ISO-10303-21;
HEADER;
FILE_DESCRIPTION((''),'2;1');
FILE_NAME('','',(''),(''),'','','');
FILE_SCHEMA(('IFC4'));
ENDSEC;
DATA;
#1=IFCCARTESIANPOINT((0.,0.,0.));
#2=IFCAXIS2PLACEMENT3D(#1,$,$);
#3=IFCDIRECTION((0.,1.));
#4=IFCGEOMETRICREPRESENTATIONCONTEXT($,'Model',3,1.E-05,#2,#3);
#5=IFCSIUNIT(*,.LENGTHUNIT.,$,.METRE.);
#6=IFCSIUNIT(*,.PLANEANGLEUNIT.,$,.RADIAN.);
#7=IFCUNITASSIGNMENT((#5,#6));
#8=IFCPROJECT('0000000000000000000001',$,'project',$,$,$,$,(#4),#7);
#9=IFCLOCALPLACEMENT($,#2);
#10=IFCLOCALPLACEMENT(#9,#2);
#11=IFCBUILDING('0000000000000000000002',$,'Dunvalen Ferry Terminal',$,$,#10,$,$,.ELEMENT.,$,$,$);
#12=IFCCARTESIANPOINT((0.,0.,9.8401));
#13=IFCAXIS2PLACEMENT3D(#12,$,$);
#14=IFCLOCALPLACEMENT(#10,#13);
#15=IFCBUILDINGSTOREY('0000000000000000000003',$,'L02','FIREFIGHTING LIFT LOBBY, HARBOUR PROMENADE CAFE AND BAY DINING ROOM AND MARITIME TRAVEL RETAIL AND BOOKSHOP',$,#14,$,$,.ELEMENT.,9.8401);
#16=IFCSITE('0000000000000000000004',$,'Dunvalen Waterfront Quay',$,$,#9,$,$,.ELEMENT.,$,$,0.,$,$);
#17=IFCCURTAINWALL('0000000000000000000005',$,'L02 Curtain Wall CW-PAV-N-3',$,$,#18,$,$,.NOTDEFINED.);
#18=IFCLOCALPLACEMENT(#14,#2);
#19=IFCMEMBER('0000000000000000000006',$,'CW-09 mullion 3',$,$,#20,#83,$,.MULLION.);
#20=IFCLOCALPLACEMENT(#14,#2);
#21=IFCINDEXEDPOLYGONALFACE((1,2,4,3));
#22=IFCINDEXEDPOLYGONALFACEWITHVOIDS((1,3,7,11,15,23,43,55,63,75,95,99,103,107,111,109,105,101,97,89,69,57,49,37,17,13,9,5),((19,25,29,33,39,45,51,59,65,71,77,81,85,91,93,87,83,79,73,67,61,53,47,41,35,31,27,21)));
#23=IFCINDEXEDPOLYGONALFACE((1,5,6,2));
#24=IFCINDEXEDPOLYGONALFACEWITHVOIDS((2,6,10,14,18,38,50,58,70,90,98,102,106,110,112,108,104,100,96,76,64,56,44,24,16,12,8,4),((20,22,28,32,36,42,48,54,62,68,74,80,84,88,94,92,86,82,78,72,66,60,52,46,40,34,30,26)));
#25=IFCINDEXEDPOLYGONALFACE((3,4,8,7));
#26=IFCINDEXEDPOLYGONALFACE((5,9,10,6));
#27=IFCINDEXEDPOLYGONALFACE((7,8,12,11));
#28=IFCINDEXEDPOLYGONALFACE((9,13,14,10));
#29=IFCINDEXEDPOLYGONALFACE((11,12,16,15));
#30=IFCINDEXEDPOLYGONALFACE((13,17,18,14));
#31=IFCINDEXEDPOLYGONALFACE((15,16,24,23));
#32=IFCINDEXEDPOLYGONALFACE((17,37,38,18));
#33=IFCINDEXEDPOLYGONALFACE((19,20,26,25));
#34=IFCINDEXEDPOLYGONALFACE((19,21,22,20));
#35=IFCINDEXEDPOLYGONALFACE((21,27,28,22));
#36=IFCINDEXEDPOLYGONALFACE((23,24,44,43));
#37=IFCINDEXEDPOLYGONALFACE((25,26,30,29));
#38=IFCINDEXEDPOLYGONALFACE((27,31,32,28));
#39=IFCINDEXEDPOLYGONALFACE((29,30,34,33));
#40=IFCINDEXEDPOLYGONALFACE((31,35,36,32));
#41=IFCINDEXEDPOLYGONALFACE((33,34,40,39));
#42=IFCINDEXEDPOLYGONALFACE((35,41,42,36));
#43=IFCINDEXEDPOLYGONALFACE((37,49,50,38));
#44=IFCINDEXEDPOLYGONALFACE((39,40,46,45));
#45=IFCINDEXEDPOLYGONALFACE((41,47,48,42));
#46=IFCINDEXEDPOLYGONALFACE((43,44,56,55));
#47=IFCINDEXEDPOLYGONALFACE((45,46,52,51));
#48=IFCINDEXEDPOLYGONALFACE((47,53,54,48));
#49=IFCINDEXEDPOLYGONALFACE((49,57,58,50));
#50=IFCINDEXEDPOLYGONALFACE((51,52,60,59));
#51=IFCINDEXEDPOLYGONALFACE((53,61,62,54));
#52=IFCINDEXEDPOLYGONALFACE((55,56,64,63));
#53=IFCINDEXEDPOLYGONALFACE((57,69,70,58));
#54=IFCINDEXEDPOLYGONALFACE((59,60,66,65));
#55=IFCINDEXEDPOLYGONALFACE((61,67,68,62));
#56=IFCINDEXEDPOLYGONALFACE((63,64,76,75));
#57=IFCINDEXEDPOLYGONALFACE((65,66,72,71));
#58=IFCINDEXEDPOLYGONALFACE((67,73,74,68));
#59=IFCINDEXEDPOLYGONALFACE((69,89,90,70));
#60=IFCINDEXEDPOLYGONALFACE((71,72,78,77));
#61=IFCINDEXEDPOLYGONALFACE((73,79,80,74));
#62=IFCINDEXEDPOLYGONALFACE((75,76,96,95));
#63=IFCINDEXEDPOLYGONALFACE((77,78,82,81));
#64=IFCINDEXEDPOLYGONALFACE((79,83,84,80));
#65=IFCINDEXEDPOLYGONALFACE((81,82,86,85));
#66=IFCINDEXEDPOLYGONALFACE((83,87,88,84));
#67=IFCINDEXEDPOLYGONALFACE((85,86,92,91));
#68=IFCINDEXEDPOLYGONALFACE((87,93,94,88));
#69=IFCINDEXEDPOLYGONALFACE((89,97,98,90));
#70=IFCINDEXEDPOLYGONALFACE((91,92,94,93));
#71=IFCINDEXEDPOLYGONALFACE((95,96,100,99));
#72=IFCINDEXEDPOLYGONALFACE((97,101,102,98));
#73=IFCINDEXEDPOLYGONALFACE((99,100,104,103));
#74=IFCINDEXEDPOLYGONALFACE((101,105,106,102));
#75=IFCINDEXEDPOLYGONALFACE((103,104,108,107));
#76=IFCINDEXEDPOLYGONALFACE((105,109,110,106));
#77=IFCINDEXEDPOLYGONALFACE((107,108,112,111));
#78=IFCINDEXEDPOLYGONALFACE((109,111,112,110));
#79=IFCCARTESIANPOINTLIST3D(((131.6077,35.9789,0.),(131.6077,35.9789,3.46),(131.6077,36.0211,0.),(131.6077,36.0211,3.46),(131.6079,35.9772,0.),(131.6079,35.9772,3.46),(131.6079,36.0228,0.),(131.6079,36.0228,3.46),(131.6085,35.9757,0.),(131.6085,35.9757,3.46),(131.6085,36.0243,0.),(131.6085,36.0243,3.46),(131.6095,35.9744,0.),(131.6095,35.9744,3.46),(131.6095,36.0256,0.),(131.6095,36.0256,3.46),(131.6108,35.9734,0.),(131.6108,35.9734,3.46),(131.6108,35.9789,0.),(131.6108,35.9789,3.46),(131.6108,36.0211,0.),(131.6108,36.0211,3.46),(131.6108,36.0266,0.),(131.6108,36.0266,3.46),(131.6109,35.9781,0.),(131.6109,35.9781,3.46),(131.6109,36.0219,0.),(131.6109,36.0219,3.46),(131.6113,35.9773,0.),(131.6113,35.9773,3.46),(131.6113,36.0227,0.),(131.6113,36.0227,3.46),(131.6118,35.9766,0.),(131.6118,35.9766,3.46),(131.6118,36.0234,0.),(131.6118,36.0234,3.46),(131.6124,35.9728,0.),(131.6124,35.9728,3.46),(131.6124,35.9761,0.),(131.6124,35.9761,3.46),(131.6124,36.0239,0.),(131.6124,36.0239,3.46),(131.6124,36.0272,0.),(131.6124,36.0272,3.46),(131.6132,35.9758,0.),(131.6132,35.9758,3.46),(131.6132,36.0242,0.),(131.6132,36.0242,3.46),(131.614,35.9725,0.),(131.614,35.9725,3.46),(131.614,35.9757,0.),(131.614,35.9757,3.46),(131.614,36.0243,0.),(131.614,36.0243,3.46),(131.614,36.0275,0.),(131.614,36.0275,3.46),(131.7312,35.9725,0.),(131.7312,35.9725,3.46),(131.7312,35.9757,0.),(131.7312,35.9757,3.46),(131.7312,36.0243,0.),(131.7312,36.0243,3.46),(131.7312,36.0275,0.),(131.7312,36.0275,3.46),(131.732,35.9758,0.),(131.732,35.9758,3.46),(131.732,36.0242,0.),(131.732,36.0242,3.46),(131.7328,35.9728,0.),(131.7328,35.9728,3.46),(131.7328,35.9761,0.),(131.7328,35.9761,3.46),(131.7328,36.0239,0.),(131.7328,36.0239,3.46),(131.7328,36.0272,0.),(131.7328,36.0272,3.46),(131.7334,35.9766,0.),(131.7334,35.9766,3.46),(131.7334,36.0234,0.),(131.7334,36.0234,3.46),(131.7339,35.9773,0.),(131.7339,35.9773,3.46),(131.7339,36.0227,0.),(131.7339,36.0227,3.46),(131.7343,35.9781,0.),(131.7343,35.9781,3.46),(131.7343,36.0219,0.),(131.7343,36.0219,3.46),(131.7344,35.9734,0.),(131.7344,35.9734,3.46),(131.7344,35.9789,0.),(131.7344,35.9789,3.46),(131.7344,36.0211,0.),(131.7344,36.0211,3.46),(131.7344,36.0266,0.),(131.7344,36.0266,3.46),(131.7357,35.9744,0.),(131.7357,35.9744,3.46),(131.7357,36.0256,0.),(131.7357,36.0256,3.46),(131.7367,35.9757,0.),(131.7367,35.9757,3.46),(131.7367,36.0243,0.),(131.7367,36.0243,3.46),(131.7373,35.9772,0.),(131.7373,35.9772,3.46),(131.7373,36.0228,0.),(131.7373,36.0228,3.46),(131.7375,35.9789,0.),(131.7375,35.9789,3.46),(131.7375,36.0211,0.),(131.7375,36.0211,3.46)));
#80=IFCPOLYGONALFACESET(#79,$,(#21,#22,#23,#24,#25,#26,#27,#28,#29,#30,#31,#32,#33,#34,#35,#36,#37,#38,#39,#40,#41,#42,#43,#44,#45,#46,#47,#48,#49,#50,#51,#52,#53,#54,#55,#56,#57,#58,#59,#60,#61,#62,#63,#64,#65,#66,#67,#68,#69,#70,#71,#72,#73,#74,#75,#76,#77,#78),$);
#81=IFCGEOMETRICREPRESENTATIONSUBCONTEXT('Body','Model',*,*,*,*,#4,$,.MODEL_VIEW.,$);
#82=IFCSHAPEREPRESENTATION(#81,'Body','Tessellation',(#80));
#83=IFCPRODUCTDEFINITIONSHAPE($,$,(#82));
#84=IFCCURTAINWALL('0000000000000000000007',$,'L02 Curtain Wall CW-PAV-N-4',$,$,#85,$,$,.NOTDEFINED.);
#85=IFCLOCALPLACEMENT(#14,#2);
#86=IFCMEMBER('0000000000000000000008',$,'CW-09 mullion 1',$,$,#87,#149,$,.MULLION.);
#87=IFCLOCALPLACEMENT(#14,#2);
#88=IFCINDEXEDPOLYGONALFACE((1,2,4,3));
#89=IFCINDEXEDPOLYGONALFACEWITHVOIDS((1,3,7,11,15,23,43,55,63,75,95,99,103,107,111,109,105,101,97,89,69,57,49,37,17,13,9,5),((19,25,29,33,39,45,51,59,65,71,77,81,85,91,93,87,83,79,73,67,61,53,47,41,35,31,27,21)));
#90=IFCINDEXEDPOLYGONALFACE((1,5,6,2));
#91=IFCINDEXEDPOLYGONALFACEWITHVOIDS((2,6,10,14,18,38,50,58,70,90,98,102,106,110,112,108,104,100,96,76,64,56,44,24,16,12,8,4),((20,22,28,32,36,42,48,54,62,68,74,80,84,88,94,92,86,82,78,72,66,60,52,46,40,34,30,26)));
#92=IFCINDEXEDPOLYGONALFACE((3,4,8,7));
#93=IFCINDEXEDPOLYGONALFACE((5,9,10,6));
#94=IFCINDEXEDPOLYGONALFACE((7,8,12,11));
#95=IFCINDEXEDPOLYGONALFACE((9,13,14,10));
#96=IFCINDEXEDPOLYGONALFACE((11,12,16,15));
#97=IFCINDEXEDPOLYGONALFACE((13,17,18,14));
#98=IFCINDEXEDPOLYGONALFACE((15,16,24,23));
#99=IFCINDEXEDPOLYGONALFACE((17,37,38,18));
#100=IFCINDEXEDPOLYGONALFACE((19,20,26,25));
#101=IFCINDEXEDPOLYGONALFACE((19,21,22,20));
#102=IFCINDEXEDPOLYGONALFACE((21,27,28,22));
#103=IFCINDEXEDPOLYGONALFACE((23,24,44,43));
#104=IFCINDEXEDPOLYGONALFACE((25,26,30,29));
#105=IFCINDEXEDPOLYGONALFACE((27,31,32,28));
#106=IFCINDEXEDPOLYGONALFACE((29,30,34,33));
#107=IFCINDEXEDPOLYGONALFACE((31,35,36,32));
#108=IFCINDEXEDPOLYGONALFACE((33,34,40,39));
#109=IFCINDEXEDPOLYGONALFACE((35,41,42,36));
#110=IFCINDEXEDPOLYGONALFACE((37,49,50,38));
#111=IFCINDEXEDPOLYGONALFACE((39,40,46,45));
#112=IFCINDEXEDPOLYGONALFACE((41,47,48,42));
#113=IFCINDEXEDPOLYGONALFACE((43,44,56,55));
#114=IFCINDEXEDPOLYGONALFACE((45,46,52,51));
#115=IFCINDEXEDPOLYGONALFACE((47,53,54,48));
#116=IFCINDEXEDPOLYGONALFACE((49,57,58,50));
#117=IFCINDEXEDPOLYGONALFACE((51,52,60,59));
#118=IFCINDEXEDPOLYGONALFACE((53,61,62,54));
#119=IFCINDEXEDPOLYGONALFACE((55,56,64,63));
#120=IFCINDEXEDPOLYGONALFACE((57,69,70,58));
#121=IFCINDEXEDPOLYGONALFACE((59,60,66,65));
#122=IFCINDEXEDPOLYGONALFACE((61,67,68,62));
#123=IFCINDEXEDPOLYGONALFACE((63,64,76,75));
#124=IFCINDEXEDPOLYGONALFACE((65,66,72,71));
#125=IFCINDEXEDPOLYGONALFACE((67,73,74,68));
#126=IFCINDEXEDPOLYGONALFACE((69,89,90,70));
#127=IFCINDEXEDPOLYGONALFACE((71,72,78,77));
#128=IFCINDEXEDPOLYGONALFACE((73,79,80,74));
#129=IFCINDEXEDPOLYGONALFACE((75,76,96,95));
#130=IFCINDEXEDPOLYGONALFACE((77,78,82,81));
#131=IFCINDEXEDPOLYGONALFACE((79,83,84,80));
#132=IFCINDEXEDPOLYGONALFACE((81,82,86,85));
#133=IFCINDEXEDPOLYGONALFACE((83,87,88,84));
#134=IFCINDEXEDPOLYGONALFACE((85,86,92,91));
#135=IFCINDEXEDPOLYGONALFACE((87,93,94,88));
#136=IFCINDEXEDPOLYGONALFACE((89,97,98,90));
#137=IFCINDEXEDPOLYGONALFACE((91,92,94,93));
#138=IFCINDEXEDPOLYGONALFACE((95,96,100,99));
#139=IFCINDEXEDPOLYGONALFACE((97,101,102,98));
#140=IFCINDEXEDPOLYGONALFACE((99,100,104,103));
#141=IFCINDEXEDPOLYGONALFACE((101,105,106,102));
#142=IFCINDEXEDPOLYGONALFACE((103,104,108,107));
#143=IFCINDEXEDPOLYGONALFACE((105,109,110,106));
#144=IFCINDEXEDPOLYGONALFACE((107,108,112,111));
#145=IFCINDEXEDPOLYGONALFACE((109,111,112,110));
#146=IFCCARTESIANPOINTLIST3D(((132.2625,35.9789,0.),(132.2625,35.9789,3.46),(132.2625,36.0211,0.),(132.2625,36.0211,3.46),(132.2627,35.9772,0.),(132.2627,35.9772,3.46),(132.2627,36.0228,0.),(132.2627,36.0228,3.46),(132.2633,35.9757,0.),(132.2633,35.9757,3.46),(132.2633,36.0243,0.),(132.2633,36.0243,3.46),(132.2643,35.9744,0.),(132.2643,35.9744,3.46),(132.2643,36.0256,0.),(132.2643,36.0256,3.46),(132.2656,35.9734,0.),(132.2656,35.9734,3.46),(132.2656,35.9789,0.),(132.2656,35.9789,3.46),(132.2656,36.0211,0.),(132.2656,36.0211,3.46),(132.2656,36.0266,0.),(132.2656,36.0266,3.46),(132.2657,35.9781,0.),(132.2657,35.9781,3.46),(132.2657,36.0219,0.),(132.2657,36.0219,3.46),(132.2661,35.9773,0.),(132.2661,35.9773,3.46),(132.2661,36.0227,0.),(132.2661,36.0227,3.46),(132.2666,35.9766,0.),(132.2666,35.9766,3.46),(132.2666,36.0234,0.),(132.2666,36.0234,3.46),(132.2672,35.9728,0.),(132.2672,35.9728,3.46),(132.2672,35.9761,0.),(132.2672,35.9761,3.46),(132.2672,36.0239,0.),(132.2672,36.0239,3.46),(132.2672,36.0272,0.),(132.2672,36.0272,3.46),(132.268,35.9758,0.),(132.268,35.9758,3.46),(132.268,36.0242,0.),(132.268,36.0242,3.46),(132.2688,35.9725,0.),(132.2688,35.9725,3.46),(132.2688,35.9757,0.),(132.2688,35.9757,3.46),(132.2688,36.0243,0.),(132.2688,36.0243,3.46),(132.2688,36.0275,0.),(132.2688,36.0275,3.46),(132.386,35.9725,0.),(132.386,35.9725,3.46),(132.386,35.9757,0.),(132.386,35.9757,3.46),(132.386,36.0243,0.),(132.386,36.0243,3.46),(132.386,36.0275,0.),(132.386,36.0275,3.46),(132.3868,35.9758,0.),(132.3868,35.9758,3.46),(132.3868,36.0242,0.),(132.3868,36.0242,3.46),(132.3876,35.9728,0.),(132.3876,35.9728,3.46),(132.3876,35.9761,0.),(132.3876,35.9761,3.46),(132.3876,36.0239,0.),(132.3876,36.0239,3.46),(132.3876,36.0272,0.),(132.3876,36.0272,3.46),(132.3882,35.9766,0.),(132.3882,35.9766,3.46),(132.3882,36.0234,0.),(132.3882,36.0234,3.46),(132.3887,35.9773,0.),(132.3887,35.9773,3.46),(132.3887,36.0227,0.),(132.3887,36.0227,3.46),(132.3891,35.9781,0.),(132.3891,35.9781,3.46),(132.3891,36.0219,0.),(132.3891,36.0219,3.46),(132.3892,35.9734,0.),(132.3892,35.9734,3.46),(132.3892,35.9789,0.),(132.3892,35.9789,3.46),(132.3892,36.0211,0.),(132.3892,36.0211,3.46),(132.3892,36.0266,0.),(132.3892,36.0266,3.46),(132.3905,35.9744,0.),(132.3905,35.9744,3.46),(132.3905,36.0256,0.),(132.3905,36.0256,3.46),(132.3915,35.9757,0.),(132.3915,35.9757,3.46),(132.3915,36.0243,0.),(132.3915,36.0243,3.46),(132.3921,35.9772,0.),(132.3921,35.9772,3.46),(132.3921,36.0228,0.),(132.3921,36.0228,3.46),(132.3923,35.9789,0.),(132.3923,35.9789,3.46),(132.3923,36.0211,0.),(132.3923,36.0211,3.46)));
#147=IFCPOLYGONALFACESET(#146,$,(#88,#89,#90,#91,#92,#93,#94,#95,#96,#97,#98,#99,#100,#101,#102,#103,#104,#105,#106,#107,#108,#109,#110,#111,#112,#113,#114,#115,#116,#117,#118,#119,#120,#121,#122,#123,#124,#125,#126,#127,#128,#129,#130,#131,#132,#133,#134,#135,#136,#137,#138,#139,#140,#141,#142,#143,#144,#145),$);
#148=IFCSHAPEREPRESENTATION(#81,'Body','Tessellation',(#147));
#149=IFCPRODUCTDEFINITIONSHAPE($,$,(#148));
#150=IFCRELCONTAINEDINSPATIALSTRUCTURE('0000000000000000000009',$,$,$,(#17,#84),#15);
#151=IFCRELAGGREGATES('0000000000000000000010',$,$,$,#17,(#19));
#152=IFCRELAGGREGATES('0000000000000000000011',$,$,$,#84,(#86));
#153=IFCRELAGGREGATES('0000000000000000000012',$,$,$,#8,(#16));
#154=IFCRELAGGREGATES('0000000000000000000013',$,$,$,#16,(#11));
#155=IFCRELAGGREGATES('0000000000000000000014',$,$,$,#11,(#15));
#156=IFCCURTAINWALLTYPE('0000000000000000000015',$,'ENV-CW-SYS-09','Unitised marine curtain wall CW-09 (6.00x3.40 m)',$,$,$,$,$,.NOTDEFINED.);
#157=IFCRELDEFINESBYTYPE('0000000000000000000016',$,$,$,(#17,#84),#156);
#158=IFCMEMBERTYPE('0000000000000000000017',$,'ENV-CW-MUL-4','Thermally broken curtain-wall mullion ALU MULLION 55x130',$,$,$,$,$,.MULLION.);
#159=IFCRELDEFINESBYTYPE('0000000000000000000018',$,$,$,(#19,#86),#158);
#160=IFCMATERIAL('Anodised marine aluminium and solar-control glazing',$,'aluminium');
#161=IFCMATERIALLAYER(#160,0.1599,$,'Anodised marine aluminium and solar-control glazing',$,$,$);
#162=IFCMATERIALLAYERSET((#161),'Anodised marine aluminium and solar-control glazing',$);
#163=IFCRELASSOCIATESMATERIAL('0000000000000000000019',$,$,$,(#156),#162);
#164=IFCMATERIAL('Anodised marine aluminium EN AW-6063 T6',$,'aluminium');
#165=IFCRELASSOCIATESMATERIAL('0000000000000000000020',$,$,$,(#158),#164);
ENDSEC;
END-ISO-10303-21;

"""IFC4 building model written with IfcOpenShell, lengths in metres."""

from ifc_helpers import new_model, si_unit, direction, frame, origin, origin_2d, place, context, subcontext, project, spatial, hollow_rectangle, extrude, material, layer, layer_set, material_profile, profile_set, type_object, element, aggregate, save


model = new_model("IFC4")

# Units and contexts
model_context = context("Model", 3, precision=1e-05, world=origin(), true_north=direction((0.0, 1.0)))
body_context = subcontext(model_context, "Body", "Model", "MODEL_VIEW")
ifc_project = project(units=[si_unit("LENGTHUNIT", "METRE"), si_unit("PLANEANGLEUNIT", "RADIAN")], contexts=[model_context])

# Site, building, storey
site_placement = place(None, origin())
site = spatial("IfcSite", under=ifc_project, at=site_placement, Name="Dunvalen Waterfront Quay", CompositionType="ELEMENT", RefElevation=0.0)
building_placement = place(site_placement, origin())
building = spatial("IfcBuilding", under=site, at=building_placement, Name="Dunvalen Ferry Terminal", CompositionType="ELEMENT")
storey_placement = place(building_placement, frame((0.0, 0.0, 9.8401)))
storey = spatial("IfcBuildingStorey", under=building, at=storey_placement, Name="L02", Description="FIREFIGHTING LIFT LOBBY, HARBOUR PROMENADE CAFE AND BAY DINING ROOM AND MARITIME TRAVEL RETAIL AND BOOKSHOP", CompositionType="ELEMENT", Elevation=9.8401)

# Curtain wall, member
ifc_material_1 = material(Name="Anodised marine aluminium and solar-control glazing", Category="aluminium")
ifc_layer_1 = layer(ifc_material_1, 0.1599, Name="Anodised marine aluminium and solar-control glazing")
ifc_layer_set_1 = layer_set([ifc_layer_1], Name="Anodised marine aluminium and solar-control glazing")
curtain_wall_type = type_object("IfcCurtainWallType", Name="ENV-CW-SYS-09", Description="Unitised marine curtain wall CW-09 (6.00x3.40 m)", PredefinedType="NOTDEFINED", material=ifc_layer_set_1)
curtain_wall_1_placement = place(storey_placement, origin())
curtain_wall_1 = element("IfcCurtainWall", 1, at=curtain_wall_1_placement, inside=storey, type_object=curtain_wall_type, Name="L02 Curtain Wall CW-PAV-N-3", PredefinedType="NOTDEFINED")
ifc_material_2 = material(Name="Anodised marine aluminium EN AW-6063 T6", Category="aluminium")
ifc_material_profile_1 = material_profile(ifc_material_2, hollow_rectangle(XDim=0.0549, YDim=0.1299, WallThickness=0.0032, InnerFilletRadius=0.0032, OuterFilletRadius=0.0063, at=origin_2d()), Name="Anodised marine aluminium EN AW-6063 T6")
ifc_profile_set_1 = profile_set([ifc_material_profile_1], Name="Anodised marine aluminium EN AW-6063 T6")
member_type_1 = type_object("IfcMemberType", Name="ENV-CW-MUL-4", Description="Thermally broken curtain-wall mullion ALU MULLION 55x130", PredefinedType="MULLION", material=ifc_profile_set_1)
member_1_placement = place(storey_placement, frame((131.6726, 36.0, 0.0), z_axis=(0.0, 0.0, 1.0), x_axis=(0.0, 1.0, 0.0)))
member_1 = element("IfcMember", 2, at=member_1_placement, type_object=member_type_1, Name="CW-09 mullion 3", PredefinedType="MULLION", context=body_context, shape_type="SweptSolid", body=[
    extrude(hollow_rectangle(XDim=0.0549, YDim=0.1299, WallThickness=0.0032, InnerFilletRadius=0.0032, OuterFilletRadius=0.0063, at=origin_2d()), origin(), (0.0, 0.0, 1.0), 3.46),
])
aggregate(curtain_wall_1, [member_1])

# Curtain wall, member
curtain_wall_2_placement = place(storey_placement, origin())
curtain_wall_2 = element("IfcCurtainWall", 3, at=curtain_wall_2_placement, inside=storey, type_object=curtain_wall_type, Name="L02 Curtain Wall CW-PAV-N-4", PredefinedType="NOTDEFINED")
member_2_placement = place(storey_placement, frame((132.3274, 36.0, 0.0), z_axis=(0.0, 0.0, 1.0), x_axis=(0.0, 1.0, 0.0)))
member_2 = element("IfcMember", 4, at=member_2_placement, type_object=member_type_1, Name="CW-09 mullion 1", PredefinedType="MULLION", context=body_context, shape_type="SweptSolid", body=[
    extrude(hollow_rectangle(XDim=0.0549, YDim=0.1299, WallThickness=0.0032, InnerFilletRadius=0.0032, OuterFilletRadius=0.0063, at=origin_2d()), origin(), (0.0, 0.0, 1.0), 3.46),
])

aggregate(curtain_wall_2, [member_2])

save(model, "model.ifc")
